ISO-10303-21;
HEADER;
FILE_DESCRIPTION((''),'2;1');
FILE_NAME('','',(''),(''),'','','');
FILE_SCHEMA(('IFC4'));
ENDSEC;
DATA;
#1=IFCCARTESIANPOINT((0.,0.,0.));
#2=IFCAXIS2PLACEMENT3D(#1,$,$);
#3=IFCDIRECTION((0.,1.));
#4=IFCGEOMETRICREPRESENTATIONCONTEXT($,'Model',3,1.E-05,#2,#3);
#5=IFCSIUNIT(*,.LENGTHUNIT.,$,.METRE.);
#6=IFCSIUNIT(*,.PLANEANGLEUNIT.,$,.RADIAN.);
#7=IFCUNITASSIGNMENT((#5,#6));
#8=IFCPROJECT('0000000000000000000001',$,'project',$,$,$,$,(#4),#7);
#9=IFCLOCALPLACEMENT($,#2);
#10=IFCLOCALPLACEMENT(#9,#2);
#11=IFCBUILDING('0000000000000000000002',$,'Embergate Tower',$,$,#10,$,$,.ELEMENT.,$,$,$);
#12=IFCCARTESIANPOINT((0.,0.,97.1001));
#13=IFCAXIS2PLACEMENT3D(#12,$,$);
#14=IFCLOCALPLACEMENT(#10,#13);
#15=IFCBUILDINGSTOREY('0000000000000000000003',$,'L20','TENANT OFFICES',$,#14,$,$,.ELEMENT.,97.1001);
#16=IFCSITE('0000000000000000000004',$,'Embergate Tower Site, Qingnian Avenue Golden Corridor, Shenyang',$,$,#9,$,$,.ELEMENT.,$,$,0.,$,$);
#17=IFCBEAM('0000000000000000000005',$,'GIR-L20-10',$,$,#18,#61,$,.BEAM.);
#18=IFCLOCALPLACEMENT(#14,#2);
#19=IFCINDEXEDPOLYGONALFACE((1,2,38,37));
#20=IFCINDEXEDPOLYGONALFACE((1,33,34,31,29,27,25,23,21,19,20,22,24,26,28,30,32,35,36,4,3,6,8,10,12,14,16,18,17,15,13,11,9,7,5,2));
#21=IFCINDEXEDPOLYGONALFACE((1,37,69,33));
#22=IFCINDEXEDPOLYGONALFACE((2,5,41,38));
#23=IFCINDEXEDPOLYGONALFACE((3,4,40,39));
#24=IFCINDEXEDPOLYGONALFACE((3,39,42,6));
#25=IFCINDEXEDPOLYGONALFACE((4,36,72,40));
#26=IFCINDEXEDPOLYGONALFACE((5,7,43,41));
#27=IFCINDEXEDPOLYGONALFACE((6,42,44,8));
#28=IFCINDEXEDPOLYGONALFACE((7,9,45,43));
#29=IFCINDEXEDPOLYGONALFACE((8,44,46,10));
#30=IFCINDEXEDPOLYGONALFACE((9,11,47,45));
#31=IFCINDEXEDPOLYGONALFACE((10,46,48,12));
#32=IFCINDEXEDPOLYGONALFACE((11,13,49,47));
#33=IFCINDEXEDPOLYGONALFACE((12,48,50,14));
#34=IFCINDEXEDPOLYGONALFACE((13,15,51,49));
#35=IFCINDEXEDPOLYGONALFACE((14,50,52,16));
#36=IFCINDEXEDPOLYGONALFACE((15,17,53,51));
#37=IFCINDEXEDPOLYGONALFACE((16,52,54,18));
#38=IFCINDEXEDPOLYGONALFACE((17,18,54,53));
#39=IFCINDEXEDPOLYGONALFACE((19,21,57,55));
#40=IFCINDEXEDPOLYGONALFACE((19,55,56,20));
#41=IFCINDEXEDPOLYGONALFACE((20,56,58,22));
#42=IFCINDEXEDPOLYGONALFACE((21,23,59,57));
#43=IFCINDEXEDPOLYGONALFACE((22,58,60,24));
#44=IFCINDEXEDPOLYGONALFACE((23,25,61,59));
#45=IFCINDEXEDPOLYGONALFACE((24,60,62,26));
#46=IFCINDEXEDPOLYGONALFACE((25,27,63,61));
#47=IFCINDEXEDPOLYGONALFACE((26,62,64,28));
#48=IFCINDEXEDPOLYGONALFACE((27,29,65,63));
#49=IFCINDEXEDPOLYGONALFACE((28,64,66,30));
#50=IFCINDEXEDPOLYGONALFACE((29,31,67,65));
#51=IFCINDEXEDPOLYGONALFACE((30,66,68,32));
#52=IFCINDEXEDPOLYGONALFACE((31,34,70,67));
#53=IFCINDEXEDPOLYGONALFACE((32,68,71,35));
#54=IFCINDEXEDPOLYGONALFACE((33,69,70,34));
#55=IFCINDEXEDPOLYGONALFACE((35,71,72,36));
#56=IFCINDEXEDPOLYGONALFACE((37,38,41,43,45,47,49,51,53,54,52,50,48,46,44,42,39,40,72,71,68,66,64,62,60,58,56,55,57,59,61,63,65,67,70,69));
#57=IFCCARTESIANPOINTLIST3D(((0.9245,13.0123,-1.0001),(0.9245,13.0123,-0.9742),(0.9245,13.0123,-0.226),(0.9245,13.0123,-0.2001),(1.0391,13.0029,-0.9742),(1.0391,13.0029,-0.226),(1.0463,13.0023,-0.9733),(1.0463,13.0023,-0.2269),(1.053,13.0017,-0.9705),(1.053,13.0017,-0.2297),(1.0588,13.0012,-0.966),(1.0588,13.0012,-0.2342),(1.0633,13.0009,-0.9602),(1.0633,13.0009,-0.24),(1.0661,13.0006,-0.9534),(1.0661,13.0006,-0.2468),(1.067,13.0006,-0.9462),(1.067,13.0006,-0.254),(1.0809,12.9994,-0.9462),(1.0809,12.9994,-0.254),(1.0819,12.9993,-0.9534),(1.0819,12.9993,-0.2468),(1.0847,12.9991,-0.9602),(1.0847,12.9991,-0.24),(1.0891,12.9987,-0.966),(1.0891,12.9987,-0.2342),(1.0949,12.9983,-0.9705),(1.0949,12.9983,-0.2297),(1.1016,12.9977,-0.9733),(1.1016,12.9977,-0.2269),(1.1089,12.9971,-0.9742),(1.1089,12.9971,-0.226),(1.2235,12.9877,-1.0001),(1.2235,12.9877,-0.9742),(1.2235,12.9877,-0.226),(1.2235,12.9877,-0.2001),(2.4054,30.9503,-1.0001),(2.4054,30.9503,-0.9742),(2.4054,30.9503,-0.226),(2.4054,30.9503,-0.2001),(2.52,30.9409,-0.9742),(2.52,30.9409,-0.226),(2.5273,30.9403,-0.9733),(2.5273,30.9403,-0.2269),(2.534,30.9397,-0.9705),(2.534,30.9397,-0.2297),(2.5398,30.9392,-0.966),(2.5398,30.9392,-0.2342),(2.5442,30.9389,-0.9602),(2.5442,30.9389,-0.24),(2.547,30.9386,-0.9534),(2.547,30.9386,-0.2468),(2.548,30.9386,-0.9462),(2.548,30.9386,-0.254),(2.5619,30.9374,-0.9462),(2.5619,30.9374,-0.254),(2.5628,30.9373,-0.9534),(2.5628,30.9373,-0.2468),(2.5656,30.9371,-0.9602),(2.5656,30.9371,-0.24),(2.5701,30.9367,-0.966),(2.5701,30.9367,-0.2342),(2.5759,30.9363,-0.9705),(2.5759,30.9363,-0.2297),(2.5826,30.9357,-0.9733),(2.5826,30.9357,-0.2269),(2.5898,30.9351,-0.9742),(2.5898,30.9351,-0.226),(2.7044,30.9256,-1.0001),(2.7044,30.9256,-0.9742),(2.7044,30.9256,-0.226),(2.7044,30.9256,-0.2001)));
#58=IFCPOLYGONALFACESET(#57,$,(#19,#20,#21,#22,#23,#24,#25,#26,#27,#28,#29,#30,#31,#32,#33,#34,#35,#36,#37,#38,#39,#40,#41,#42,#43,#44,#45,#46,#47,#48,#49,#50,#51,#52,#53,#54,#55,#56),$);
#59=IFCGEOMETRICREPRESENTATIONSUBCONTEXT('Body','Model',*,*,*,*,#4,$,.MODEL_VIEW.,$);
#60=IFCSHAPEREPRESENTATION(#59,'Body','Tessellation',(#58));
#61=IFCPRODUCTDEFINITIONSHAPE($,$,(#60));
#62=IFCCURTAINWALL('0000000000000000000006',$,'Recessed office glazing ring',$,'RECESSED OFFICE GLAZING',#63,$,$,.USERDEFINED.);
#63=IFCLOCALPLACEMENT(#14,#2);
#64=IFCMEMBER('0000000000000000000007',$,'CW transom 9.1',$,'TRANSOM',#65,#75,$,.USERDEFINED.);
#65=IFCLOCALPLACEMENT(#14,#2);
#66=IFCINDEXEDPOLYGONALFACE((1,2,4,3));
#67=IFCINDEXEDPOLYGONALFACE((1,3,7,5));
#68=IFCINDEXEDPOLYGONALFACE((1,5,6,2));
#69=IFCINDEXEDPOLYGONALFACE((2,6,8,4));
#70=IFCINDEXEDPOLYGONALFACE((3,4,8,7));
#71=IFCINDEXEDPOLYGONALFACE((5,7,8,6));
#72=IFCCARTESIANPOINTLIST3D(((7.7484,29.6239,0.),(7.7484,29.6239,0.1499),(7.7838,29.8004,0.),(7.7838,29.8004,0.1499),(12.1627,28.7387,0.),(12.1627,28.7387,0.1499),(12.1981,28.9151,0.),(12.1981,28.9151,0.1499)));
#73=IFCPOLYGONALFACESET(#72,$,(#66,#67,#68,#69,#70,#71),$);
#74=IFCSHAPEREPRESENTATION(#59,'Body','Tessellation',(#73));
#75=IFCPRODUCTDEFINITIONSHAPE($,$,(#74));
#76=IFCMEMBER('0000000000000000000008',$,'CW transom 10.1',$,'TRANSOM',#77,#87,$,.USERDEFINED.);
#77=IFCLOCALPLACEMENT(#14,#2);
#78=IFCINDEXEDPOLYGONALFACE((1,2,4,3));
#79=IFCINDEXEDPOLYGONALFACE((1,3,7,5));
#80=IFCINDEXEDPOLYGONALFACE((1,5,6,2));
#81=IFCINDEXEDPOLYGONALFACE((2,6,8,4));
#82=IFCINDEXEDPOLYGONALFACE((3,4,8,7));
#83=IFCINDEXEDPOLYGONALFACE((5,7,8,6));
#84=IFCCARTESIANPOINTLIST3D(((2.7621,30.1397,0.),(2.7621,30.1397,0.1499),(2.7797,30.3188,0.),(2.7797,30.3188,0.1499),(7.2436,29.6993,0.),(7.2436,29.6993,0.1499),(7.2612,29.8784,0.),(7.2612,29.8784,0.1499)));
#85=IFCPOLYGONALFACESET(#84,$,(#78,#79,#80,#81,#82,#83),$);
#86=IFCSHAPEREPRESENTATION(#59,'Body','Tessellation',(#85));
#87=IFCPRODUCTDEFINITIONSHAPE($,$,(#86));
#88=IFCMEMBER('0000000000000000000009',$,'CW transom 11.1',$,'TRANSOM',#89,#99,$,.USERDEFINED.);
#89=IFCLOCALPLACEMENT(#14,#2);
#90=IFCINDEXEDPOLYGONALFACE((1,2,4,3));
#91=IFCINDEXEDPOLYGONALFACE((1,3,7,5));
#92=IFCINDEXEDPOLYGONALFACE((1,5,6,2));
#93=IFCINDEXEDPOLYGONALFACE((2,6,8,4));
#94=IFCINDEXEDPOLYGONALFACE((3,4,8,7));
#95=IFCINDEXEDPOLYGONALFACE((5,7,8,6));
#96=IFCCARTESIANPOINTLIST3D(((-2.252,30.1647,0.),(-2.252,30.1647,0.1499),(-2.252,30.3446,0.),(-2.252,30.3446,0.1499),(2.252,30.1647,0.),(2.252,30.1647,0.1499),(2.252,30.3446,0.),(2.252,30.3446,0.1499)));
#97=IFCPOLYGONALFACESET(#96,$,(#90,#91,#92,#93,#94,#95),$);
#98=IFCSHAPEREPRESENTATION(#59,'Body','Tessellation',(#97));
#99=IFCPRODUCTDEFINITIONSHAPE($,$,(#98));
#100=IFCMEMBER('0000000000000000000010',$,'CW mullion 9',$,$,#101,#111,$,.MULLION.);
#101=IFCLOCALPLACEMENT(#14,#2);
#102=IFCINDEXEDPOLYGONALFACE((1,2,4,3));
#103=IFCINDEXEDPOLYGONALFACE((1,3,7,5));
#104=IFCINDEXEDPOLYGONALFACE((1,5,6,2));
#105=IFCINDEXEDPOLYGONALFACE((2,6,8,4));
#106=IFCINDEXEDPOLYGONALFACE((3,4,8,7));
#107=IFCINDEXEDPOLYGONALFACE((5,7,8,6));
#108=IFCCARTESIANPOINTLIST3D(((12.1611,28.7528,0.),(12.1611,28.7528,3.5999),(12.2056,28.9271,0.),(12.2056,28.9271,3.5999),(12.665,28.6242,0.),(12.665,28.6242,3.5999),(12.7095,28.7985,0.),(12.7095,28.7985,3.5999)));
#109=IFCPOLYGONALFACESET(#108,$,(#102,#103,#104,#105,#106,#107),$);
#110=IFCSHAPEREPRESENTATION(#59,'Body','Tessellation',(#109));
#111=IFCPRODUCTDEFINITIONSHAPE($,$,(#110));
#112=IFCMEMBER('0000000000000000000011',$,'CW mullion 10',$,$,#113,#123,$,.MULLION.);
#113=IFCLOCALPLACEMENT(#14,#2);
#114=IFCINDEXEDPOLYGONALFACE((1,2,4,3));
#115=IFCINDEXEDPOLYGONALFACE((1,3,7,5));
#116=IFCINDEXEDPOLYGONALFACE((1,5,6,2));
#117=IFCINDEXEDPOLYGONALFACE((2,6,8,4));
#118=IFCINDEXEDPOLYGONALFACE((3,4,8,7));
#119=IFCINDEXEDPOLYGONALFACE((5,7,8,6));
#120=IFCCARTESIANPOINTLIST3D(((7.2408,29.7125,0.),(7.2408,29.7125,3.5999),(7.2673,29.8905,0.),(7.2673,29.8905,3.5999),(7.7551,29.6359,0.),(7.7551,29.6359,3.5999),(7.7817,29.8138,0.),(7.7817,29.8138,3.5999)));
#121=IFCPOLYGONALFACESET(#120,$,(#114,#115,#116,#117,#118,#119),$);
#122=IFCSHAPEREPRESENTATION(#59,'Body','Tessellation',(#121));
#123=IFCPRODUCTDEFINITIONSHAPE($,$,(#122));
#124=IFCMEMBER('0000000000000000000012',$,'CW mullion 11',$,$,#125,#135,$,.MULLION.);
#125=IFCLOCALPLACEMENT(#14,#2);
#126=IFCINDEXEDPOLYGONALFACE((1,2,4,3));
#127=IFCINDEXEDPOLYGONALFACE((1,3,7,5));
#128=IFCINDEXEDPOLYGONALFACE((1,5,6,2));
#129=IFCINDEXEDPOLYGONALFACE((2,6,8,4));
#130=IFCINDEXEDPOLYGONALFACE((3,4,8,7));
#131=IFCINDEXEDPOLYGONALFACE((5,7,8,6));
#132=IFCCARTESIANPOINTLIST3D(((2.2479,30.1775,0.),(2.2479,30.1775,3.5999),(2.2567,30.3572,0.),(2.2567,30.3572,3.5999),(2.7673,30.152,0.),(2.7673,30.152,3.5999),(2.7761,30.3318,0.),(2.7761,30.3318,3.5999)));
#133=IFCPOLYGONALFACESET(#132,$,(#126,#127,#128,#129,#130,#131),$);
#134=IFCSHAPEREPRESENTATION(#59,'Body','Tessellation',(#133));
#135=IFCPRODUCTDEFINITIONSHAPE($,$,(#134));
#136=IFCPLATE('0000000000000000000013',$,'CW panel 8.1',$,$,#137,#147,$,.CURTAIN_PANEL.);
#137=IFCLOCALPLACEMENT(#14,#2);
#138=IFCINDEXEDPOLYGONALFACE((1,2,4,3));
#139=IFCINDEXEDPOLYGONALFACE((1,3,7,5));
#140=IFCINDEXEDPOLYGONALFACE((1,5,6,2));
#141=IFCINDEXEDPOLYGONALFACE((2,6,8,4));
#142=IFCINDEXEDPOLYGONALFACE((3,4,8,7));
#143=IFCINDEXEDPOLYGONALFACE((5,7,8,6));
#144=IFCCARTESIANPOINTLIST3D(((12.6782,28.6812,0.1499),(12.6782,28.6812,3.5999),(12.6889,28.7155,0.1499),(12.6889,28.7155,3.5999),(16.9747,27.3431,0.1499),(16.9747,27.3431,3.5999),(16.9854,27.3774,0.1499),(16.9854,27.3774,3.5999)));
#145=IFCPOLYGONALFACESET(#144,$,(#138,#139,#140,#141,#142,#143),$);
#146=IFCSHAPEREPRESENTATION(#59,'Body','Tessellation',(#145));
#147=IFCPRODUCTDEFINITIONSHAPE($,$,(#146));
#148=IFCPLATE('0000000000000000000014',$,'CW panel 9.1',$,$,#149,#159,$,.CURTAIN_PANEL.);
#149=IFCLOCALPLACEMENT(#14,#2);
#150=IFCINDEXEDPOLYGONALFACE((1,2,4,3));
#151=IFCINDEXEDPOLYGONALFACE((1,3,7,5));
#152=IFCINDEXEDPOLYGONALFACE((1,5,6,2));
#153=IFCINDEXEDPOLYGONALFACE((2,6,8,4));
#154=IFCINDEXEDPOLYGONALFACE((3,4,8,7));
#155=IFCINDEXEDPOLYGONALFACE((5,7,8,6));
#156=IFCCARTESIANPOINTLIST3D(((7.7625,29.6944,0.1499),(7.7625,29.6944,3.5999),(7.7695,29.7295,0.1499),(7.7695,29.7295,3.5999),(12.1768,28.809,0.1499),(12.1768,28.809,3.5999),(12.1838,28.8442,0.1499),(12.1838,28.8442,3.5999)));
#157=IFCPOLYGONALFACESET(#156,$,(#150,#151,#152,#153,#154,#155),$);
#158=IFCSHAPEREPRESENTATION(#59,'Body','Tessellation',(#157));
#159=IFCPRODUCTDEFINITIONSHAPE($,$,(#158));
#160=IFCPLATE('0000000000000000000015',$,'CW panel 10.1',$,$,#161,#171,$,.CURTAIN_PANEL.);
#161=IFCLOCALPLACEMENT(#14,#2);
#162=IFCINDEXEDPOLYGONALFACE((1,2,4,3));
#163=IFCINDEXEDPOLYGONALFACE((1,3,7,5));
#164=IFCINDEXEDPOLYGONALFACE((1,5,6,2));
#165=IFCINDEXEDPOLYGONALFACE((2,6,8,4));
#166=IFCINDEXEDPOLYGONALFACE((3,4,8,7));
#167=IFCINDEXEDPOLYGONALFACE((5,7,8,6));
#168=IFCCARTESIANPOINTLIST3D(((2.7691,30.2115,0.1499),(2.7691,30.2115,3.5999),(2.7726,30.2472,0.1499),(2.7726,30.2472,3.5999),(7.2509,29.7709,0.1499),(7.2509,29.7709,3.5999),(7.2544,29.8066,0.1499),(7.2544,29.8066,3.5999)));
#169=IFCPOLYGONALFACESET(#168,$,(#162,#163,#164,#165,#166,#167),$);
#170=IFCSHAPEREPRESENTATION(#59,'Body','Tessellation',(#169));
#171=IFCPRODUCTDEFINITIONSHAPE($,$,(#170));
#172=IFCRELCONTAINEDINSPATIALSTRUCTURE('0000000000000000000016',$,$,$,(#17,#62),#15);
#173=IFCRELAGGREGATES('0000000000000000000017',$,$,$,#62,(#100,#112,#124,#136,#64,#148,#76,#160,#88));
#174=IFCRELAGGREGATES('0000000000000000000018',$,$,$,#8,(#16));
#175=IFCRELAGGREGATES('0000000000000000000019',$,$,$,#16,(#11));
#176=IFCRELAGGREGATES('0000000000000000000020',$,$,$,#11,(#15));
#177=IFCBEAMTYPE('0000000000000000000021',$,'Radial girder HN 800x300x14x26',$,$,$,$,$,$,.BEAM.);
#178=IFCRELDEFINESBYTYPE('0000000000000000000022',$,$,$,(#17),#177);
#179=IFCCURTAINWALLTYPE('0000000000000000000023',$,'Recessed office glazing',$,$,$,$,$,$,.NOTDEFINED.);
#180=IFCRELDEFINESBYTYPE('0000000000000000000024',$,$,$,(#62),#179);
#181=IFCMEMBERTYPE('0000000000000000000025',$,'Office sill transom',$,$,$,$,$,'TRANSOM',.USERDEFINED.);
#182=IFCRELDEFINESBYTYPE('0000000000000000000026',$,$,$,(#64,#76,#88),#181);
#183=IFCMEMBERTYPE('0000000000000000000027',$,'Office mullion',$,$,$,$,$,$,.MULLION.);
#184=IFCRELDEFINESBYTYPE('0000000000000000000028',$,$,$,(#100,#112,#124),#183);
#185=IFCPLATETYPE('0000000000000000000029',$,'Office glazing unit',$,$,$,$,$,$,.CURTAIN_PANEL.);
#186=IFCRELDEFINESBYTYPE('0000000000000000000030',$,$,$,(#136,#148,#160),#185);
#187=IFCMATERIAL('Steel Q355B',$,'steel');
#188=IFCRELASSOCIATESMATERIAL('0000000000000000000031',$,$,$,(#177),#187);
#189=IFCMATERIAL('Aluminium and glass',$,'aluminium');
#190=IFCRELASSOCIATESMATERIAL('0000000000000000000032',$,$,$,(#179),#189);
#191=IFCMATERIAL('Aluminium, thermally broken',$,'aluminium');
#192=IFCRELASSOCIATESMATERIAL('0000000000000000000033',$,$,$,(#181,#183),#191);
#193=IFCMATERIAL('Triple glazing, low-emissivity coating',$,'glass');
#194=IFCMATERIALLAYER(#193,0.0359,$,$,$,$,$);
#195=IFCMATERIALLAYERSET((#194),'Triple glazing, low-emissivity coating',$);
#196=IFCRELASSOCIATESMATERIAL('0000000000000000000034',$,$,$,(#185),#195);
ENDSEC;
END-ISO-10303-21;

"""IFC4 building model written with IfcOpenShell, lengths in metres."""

from ifc_helpers import new_model, si_unit, direction, frame, origin, origin_2d, place, context, subcontext, project, spatial, rectangle, i_section, extrude, source, transform, mapped, material, layer, layer_set, material_profile, profile_set, type_object, element, aggregate, save


model = new_model("IFC4")

# Units and contexts
model_context = context("Model", 3, precision=1e-05, world=origin(), true_north=direction((0.0, 1.0)))
body_context = subcontext(model_context, "Body", "Model", "MODEL_VIEW")
ifc_project = project(units=[si_unit("LENGTHUNIT", "METRE"), si_unit("PLANEANGLEUNIT", "RADIAN")], contexts=[model_context])

# Site, building, storey
site_placement = place(None, origin())
site = spatial("IfcSite", under=ifc_project, at=site_placement, Name="Embergate Tower Site, Qingnian Avenue Golden Corridor, Shenyang", CompositionType="ELEMENT", RefElevation=0.0)
building_placement = place(site_placement, origin())
building = spatial("IfcBuilding", under=site, at=building_placement, Name="Embergate Tower", CompositionType="ELEMENT")
storey_placement = place(building_placement, frame((0.0, 0.0, 97.1001)))
storey = spatial("IfcBuildingStorey", under=building, at=storey_placement, Name="L20", Description="TENANT OFFICES", CompositionType="ELEMENT", Elevation=97.1001)

# Beam
ifc_material_1 = material(Name="Steel Q355B", Category="steel")
ifc_material_profile_1 = material_profile(ifc_material_1, i_section(OverallWidth=0.3, OverallDepth=0.8, WebThickness=0.0139, FlangeThickness=0.0259, FilletRadius=0.0281, at=origin_2d()), Name="HN 800x300x14x26")
ifc_profile_set_1 = profile_set([ifc_material_profile_1], Name="Steel Q355 grade B")
beam_type_1 = type_object("IfcBeamType", Name="Radial girder HN 800x300x14x26", PredefinedType="BEAM", material=ifc_profile_set_1)
shared_shape_1 = source(origin(), body_context, "Body", "SweptSolid", [
    extrude(i_section(OverallWidth=0.3, OverallDepth=0.8, WebThickness=0.0139, FlangeThickness=0.0259, FilletRadius=0.0281, at=origin_2d()), origin(), (0.0, 0.0, 1.0), 17.999),
])
beam_1_placement = place(storey_placement, frame((2.5549, 30.938, -0.6001), z_axis=(-0.08228, -0.996609, 0.0), x_axis=(0.996609, -0.08228, 0.0)))
element("IfcBeam", 1, at=beam_1_placement, inside=storey, type_object=beam_type_1, Name="GIR-L20-10", PredefinedType="BEAM", context=body_context, shape_type="MappedRepresentation", body=[
    mapped(shared_shape_1, transform((0.0, 0.0, 0.0))),
])

# Curtain wall, members, plates
ifc_material_2 = material(Name="Aluminium and glass", Category="aluminium")
curtain_wall_type = type_object("IfcCurtainWallType", Name="Recessed office glazing", PredefinedType="NOTDEFINED", material=ifc_material_2)
curtain_wall_placement = place(storey_placement, origin())
curtain_wall = element("IfcCurtainWall", 2, at=curtain_wall_placement, inside=storey, type_object=curtain_wall_type, Name="Recessed office glazing ring", ObjectType="RECESSED OFFICE GLAZING", PredefinedType="USERDEFINED")
ifc_material_3 = material(Name="Aluminium, thermally broken", Category="aluminium")
ifc_material_profile_2 = material_profile(ifc_material_3, rectangle(XDim=0.1799, YDim=0.1499, at=origin_2d()), Name="AL 150x180")
ifc_profile_set_2 = profile_set([ifc_material_profile_2], Name="Aluminium, thermally broken")
member_type_1 = type_object("IfcMemberType", Name="Office sill transom", ElementType="TRANSOM", PredefinedType="USERDEFINED", material=ifc_profile_set_2)
shared_shape_2 = source(origin(), body_context, "Body", "SweptSolid", [
    extrude(rectangle(XDim=0.1799, YDim=0.1499, at=origin_2d()), origin(), (0.0, 0.0, 1.0), 4.5022),
])
member_1_placement = place(storey_placement, frame((12.1804, 28.8269, 0.075), z_axis=(-0.980478, 0.196627, 0.0), x_axis=(-0.196627, -0.980478, 0.0)))
member_1 = element("IfcMember", 3, at=member_1_placement, type_object=member_type_1, Name="CW transom 9.1", ObjectType="TRANSOM", PredefinedType="USERDEFINED", context=body_context, shape_type="MappedRepresentation", body=[
    mapped(shared_shape_2, transform((0.0, 0.0, 0.0))),
])
shared_shape_3 = source(origin(), body_context, "Body", "SweptSolid", [
    extrude(rectangle(XDim=0.1799, YDim=0.1499, at=origin_2d()), origin(), (0.0, 0.0, 1.0), 4.5032),
])
member_2_placement = place(storey_placement, frame((7.2524, 29.7888, 0.075), z_axis=(-0.995206, 0.097802, 0.0), x_axis=(-0.097802, -0.995206, 0.0)))
member_2 = element("IfcMember", 4, at=member_2_placement, type_object=member_type_1, Name="CW transom 10.1", ObjectType="TRANSOM", PredefinedType="USERDEFINED", context=body_context, shape_type="MappedRepresentation", body=[
    mapped(shared_shape_3, transform((0.0, 0.0, 0.0))),
])
shared_shape_4 = source(origin(), body_context, "Body", "SweptSolid", [
    extrude(rectangle(XDim=0.1799, YDim=0.1499, at=origin_2d()), origin(), (0.0, 0.0, 1.0), 4.5039),
])
member_3_placement = place(storey_placement, frame((2.252, 30.2546, 0.075), z_axis=(-1.0, 0.0, 0.0), x_axis=(0.0, -1.0, 0.0)))
member_3 = element("IfcMember", 5, at=member_3_placement, type_object=member_type_1, Name="CW transom 11.1", ObjectType="TRANSOM", PredefinedType="USERDEFINED", context=body_context, shape_type="MappedRepresentation", body=[
    mapped(shared_shape_4, transform((0.0, 0.0, 0.0))),
])
ifc_material_profile_3 = material_profile(ifc_material_3, rectangle(XDim=0.1799, YDim=0.52, at=origin_2d()), Name="AL 520x180")
ifc_profile_set_3 = profile_set([ifc_material_profile_3], Name="Aluminium, thermally broken")
member_type_2 = type_object("IfcMemberType", Name="Office mullion", PredefinedType="MULLION", material=ifc_profile_set_3)
shared_shape_5 = source(origin(), body_context, "Body", "SweptSolid", [
    extrude(rectangle(XDim=0.1799, YDim=0.52, at=origin_2d()), origin(), (0.0, 0.0, 1.0), 3.5999),
])
member_4_placement = place(storey_placement, frame((12.4353, 28.7756, 0.0), z_axis=(0.0, 0.0, 1.0), x_axis=(-0.247319, -0.968934, 0.0)))
member_4 = element("IfcMember", 6, at=member_4_placement, type_object=member_type_2, Name="CW mullion 9", PredefinedType="MULLION", context=body_context, shape_type="MappedRepresentation", body=[
    mapped(shared_shape_5, transform((0.0, 0.0, 0.0))),
])
member_5_placement = place(storey_placement, frame((7.5112, 29.7632, 0.0), z_axis=(0.0, 0.0, 1.0), x_axis=(-0.147416, -0.989075, 0.0)))
member_5 = element("IfcMember", 7, at=member_5_placement, type_object=member_type_2, Name="CW mullion 10", PredefinedType="MULLION", context=body_context, shape_type="MappedRepresentation", body=[
    mapped(shared_shape_5, transform((0.0, 0.0, 0.0))),
])
member_6_placement = place(storey_placement, frame((2.512, 30.2546, 0.0), z_axis=(0.0, 0.0, 1.0), x_axis=(-0.048972, -0.9988, 0.0)))
member_6 = element("IfcMember", 8, at=member_6_placement, type_object=member_type_2, Name="CW mullion 11", PredefinedType="MULLION", context=body_context, shape_type="MappedRepresentation", body=[
    mapped(shared_shape_5, transform((0.0, 0.0, 0.0))),
])
ifc_material_4 = material(Name="Triple glazing, low-emissivity coating", Category="glass")
ifc_layer_1 = layer(ifc_material_4, 0.0359)
ifc_layer_set_1 = layer_set([ifc_layer_1], Name="Triple glazing, low-emissivity coating")
plate_type = type_object("IfcPlateType", Name="Office glazing unit", PredefinedType="CURTAIN_PANEL", material=ifc_layer_set_1)
shared_shape_6 = source(origin(), body_context, "Body", "SweptSolid", [
    extrude(rectangle(XDim=4.5, YDim=0.0359, at=origin_2d()), origin(), (0.0, 0.0, 1.0), 3.45),
])
plate_1_placement = place(storey_placement, frame((14.8318, 28.0293, 0.1499), z_axis=(0.0, 0.0, 1.0), x_axis=(-0.95477, 0.297345, 0.0)))
plate_1 = element("IfcPlate", 9, at=plate_1_placement, type_object=plate_type, Name="CW panel 8.1", PredefinedType="CURTAIN_PANEL", context=body_context, shape_type="MappedRepresentation", body=[
    mapped(shared_shape_6, transform((0.0, 0.0, 0.0))),
])
shared_shape_7 = source(origin(), body_context, "Body", "SweptSolid", [
    extrude(rectangle(XDim=4.5022, YDim=0.0359, at=origin_2d()), origin(), (0.0, 0.0, 1.0), 3.45),
])
plate_2_placement = place(storey_placement, frame((9.9731, 29.2693, 0.1499), z_axis=(0.0, 0.0, 1.0), x_axis=(-0.980475, 0.196644, 0.0)))
plate_2 = element("IfcPlate", 10, at=plate_2_placement, type_object=plate_type, Name="CW panel 9.1", PredefinedType="CURTAIN_PANEL", context=body_context, shape_type="MappedRepresentation", body=[
    mapped(shared_shape_7, transform((0.0, 0.0, 0.0))),
])
shared_shape_8 = source(origin(), body_context, "Body", "SweptSolid", [
    extrude(rectangle(XDim=4.5034, YDim=0.0359, at=origin_2d()), origin(), (0.0, 0.0, 1.0), 3.45),
])
plate_3_placement = place(storey_placement, frame((5.0117, 30.009, 0.1499), z_axis=(0.0, 0.0, 1.0), x_axis=(-0.995203, 0.097831, 0.0)))
plate_3 = element("IfcPlate", 11, at=plate_3_placement, type_object=plate_type, Name="CW panel 10.1", PredefinedType="CURTAIN_PANEL", context=body_context, shape_type="MappedRepresentation", body=[
    mapped(shared_shape_8, transform((0.0, 0.0, 0.0))),
])
aggregate(curtain_wall, [member_4, member_5, member_6, plate_1, member_1, plate_2, member_2, plate_3, member_3])

save(model, "model.ifc")
